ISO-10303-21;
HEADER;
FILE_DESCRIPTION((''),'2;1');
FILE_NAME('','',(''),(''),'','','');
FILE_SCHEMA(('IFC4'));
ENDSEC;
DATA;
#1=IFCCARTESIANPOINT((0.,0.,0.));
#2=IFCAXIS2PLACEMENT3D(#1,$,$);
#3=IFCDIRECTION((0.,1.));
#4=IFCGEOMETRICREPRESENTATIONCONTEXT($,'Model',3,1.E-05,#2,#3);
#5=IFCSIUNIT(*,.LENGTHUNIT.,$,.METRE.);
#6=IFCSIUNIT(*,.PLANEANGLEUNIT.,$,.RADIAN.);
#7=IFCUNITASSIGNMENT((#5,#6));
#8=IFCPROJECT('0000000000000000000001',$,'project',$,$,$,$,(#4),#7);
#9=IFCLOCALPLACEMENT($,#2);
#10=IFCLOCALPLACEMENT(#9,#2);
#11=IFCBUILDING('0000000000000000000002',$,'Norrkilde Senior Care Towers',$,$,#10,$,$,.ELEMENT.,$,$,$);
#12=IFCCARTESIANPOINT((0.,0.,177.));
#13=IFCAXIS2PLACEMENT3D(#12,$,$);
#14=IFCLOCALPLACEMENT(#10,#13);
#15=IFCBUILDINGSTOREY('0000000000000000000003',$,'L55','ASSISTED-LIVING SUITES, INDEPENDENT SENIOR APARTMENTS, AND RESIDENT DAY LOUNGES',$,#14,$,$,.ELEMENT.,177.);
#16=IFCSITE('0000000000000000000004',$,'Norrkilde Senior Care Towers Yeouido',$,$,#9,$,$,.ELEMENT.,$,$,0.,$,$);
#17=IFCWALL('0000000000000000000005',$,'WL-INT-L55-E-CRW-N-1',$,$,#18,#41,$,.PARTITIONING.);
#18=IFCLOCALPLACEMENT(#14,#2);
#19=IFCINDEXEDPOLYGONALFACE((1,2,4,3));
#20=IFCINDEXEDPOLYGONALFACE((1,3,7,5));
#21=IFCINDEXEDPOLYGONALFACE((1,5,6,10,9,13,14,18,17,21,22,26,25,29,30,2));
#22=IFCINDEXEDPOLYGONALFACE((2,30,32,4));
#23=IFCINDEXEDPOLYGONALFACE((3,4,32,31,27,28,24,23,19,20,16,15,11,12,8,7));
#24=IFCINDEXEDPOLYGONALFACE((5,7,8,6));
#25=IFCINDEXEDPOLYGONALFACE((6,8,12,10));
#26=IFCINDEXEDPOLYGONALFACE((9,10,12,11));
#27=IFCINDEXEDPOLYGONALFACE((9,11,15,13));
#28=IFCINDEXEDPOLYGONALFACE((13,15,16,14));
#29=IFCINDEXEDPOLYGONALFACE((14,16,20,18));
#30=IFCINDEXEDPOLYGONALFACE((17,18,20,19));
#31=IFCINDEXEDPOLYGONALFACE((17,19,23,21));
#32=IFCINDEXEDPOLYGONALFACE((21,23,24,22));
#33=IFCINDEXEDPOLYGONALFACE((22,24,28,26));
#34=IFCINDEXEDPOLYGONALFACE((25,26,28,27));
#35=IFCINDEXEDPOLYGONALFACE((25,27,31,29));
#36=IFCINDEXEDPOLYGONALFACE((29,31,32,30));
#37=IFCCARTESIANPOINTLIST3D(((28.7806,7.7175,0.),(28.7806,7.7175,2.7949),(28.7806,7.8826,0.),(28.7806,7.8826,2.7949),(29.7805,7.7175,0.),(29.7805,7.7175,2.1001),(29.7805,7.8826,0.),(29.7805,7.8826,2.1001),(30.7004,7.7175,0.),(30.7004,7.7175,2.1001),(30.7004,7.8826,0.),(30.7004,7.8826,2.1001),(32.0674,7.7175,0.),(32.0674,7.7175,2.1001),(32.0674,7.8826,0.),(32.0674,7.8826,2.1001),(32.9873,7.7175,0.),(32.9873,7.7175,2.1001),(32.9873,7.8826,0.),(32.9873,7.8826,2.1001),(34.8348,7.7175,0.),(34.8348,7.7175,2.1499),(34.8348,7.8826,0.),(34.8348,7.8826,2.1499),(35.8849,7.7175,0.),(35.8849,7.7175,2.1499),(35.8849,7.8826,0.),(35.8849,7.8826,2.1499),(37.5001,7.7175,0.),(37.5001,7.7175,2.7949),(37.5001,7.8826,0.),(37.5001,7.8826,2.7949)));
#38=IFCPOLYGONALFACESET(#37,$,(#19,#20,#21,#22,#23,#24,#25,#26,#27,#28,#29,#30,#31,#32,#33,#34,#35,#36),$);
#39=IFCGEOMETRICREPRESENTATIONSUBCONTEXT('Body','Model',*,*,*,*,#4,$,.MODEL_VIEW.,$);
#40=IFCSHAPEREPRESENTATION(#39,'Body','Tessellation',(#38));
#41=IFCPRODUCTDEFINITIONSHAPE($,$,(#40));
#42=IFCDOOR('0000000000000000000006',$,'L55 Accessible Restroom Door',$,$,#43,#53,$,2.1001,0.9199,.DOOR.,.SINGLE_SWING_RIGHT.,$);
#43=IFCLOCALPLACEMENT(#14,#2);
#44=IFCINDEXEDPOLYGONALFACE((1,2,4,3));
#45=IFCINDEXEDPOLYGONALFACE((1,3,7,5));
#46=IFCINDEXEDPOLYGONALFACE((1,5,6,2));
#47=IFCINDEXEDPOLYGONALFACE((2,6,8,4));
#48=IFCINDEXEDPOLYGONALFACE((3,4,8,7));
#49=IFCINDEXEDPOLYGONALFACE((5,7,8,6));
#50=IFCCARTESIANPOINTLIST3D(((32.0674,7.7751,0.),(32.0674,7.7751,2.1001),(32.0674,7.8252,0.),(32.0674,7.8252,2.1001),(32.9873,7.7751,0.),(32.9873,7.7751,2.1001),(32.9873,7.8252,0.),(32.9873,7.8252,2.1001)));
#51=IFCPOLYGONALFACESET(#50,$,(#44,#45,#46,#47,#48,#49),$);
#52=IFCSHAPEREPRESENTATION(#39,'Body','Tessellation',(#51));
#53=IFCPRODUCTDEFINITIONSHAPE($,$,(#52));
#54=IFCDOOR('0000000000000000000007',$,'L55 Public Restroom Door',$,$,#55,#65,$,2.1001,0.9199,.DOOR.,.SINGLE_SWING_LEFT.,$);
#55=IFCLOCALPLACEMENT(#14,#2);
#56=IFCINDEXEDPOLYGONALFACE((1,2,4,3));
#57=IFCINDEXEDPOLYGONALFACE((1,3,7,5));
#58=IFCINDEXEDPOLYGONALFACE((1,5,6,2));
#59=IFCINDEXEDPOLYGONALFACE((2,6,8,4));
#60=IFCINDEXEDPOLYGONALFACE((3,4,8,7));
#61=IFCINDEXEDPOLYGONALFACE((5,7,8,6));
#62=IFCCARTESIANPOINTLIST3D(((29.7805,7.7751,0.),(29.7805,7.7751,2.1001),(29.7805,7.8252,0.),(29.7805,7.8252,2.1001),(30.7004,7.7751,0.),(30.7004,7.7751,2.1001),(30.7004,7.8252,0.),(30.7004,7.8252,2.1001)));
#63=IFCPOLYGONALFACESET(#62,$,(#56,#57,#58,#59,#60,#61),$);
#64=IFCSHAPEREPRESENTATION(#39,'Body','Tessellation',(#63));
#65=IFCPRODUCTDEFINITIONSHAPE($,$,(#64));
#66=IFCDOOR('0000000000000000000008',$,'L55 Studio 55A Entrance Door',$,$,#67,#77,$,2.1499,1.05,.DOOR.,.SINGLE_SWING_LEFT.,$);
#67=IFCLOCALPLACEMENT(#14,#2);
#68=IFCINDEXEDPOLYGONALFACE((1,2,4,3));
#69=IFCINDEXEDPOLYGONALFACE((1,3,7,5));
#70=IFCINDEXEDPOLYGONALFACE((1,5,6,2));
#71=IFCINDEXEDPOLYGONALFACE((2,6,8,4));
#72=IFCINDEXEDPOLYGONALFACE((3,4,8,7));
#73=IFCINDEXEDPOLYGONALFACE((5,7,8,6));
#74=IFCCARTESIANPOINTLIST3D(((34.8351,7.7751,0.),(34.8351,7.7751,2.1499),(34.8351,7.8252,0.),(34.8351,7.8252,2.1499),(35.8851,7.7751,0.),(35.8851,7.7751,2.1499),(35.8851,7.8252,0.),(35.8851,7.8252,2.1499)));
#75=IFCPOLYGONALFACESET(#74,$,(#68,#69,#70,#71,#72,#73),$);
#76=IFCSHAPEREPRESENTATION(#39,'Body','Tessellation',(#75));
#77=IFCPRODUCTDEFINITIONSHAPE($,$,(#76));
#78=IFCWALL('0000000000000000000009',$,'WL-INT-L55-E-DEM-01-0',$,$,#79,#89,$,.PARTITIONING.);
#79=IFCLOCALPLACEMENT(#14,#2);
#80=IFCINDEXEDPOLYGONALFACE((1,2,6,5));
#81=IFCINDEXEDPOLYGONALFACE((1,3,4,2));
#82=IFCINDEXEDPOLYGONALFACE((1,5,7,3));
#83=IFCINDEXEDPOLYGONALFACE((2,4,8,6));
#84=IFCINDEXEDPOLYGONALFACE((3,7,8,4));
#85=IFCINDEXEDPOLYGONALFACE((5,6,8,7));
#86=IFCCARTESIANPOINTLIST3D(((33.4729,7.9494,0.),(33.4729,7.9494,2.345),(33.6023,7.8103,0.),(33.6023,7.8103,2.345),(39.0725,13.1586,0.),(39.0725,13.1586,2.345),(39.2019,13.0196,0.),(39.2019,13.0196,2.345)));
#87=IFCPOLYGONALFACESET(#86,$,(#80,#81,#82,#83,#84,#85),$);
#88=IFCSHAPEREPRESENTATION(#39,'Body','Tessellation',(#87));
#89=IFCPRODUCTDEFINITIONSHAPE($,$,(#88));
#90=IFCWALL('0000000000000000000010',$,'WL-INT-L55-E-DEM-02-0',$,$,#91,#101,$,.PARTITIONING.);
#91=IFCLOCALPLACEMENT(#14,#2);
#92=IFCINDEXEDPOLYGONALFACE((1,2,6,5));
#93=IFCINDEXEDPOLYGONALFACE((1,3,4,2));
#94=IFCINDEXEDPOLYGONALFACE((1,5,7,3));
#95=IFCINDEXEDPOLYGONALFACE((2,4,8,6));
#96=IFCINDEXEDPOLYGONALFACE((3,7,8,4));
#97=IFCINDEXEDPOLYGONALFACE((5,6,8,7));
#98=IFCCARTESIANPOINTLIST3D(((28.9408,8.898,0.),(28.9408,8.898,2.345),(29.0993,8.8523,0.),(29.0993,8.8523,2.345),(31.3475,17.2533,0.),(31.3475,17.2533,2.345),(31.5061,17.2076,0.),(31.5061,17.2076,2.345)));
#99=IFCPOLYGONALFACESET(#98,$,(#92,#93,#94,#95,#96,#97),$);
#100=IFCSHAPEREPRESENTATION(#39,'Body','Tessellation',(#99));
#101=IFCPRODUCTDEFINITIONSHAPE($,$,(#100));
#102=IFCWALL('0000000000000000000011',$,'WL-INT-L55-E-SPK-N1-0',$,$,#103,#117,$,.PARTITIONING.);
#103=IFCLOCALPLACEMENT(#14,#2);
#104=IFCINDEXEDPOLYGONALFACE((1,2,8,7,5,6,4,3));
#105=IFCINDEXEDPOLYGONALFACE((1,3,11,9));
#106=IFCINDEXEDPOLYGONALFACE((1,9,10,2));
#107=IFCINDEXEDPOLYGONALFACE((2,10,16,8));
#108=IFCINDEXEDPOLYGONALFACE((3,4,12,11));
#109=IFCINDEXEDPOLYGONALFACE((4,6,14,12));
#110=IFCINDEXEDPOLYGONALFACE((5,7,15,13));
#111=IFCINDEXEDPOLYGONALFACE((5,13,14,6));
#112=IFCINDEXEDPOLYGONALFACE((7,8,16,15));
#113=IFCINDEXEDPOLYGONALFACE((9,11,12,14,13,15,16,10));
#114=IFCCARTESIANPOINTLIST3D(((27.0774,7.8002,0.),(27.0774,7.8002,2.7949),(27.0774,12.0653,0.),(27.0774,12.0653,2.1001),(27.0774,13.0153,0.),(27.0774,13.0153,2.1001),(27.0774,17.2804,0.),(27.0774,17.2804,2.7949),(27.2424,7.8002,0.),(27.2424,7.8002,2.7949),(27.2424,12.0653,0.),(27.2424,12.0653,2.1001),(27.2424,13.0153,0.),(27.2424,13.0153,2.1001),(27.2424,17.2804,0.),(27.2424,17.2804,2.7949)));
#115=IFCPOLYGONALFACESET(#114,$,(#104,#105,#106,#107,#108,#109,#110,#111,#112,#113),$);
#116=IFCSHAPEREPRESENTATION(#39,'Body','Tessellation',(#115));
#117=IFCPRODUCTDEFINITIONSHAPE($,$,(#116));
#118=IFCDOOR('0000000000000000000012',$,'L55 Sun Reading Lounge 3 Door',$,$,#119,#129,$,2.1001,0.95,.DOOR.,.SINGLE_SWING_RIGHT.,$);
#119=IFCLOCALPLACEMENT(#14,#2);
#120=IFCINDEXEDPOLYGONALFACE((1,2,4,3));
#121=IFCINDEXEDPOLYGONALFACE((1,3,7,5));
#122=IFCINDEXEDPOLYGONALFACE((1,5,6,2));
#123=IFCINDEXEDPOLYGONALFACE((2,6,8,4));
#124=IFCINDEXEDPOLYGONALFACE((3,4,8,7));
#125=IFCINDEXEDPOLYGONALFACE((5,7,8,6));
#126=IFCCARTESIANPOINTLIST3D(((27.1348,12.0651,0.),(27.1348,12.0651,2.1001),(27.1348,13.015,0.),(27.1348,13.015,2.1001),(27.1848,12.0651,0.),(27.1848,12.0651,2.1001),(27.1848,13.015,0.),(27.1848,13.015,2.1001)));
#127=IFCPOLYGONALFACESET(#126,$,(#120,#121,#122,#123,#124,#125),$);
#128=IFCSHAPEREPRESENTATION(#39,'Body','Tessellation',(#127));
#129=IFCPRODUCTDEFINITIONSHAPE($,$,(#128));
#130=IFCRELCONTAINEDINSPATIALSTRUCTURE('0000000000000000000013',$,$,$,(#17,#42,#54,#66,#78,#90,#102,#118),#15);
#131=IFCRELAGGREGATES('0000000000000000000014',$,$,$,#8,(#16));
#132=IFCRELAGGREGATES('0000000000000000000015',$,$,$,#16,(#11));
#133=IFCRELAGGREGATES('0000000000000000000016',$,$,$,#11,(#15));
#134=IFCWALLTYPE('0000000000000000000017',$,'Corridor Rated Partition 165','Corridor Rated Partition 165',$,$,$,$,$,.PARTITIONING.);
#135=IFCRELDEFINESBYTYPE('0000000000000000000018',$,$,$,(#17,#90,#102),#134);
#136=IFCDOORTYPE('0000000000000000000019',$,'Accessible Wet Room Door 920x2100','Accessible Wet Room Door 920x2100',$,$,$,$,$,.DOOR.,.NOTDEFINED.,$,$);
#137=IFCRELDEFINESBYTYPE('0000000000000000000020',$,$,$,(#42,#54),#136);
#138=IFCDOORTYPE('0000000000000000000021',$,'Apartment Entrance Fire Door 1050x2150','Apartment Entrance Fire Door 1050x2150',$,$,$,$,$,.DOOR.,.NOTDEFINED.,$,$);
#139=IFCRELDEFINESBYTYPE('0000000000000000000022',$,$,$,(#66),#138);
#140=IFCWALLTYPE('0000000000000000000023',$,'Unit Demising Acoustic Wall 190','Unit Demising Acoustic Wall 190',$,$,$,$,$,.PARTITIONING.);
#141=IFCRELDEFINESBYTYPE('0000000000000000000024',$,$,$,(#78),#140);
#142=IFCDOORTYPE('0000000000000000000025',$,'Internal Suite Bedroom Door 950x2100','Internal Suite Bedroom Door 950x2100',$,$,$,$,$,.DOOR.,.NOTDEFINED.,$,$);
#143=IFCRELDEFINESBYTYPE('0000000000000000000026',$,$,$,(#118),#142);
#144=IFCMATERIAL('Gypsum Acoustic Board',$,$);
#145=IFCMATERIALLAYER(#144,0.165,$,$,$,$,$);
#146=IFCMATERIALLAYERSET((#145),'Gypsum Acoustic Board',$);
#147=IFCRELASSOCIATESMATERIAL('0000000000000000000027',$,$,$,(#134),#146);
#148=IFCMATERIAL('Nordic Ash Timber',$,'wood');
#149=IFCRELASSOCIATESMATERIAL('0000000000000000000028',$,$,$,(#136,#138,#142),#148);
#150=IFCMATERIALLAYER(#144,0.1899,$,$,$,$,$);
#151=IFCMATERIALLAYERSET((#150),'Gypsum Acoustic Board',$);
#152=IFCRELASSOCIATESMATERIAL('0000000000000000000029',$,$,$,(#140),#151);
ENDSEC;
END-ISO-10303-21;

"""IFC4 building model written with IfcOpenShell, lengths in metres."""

from ifc_helpers import new_model, si_unit, direction, frame, frame_2d, origin, place, context, subcontext, project, spatial, rectangle, extrude, source, transform, mapped, material, layer, layer_set, type_object, type_shapes, element, fill, save


model = new_model("IFC4")

# Units and contexts
model_context = context("Model", 3, precision=1e-05, world=origin(), true_north=direction((0.0, 1.0)))
body_context = subcontext(model_context, "Body", "Model", "MODEL_VIEW")
ifc_project = project(units=[si_unit("LENGTHUNIT", "METRE"), si_unit("PLANEANGLEUNIT", "RADIAN")], contexts=[model_context])

# Site, building, storey
site_placement = place(None, origin())
site = spatial("IfcSite", under=ifc_project, at=site_placement, Name="Norrkilde Senior Care Towers Yeouido", CompositionType="ELEMENT", RefElevation=0.0)
building_placement = place(site_placement, origin())
building = spatial("IfcBuilding", under=site, at=building_placement, Name="Norrkilde Senior Care Towers", CompositionType="ELEMENT")
storey_placement = place(building_placement, frame((0.0, 0.0, 177.0)))
storey = spatial("IfcBuildingStorey", under=building, at=storey_placement, Name="L55", Description="ASSISTED-LIVING SUITES, INDEPENDENT SENIOR APARTMENTS, AND RESIDENT DAY LOUNGES", CompositionType="ELEMENT", Elevation=177.0)

# Wall, openings, doors
ifc_material_1 = material(Name="Gypsum Acoustic Board")
ifc_layer_1 = layer(ifc_material_1, 0.165)
ifc_layer_set_1 = layer_set([ifc_layer_1], Name="Gypsum Acoustic Board")
wall_type_1 = type_object("IfcWallType", Name="Corridor Rated Partition 165", Description="Corridor Rated Partition 165", PredefinedType="PARTITIONING", material=ifc_layer_set_1)
shared_shape_1 = source(origin(), body_context, "Body", "SweptSolid", [
    extrude(rectangle(XDim=8.7195, YDim=0.165, at=frame_2d((4.3599, 0.0))), origin(), (0.0, 0.0, 1.0), 2.7949),
])
wall_1_placement = place(storey_placement, frame((28.7805, 7.8, 0.0), z_axis=(0.0, 0.0, 1.0), x_axis=(1.0, 0.0, 0.0)))
wall_1 = element("IfcWall", 1, at=wall_1_placement, inside=storey, type_object=wall_type_1, Name="WL-INT-L55-E-CRW-N-1", PredefinedType="PARTITIONING", context=body_context, shape_type="MappedRepresentation", body=[
    mapped(shared_shape_1, transform((0.0, 0.0, 0.0), x_axis=(1.0, 0.0, 0.0), y_axis=(0.0, 1.0, 0.0), z_axis=(0.0, 0.0, 1.0), scale=1.0)),
])
opening_1_placement = place(wall_1_placement, frame((6.0544, 0.0, 0.0)))
opening_1 = element("IfcOpeningElement", 2, at=opening_1_placement, cuts=wall_1, PredefinedType="OPENING", context=body_context, shape_type="SweptSolid", body=[
    extrude(rectangle(XDim=1.05, YDim=2.1499, at=frame_2d((0.5249, 1.075))), frame((0.0, 0.0925, 0.0), z_axis=(0.0, -1.0, 0.0), x_axis=(1.0, 0.0, 0.0)), (0.0, 0.0, 1.0), 0.1851),
])
opening_2_placement = place(wall_1_placement, frame((3.2869, 0.0, 0.0)))
opening_2 = element("IfcOpeningElement", 3, at=opening_2_placement, cuts=wall_1, PredefinedType="OPENING", context=body_context, shape_type="SweptSolid", body=[
    extrude(rectangle(XDim=0.9199, YDim=2.1001, at=frame_2d((0.46, 1.05))), frame((0.0, 0.0925, 0.0), z_axis=(0.0, -1.0, 0.0), x_axis=(1.0, 0.0, 0.0)), (0.0, 0.0, 1.0), 0.1851),
])
opening_3_placement = place(wall_1_placement, frame((1.0, 0.0, 0.0)))
opening_3 = element("IfcOpeningElement", 4, at=opening_3_placement, cuts=wall_1, PredefinedType="OPENING", context=body_context, shape_type="SweptSolid", body=[
    extrude(rectangle(XDim=0.9199, YDim=2.1001, at=frame_2d((0.46, 1.05))), frame((0.0, 0.0925, 0.0), z_axis=(0.0, -1.0, 0.0), x_axis=(1.0, 0.0, 0.0)), (0.0, 0.0, 1.0), 0.1851),
])
ifc_material_2 = material(Name="Nordic Ash Timber", Category="wood")
door_type_1 = type_object("IfcDoorType", Name="Accessible Wet Room Door 920x2100", Description="Accessible Wet Room Door 920x2100", OperationType="NOTDEFINED", PredefinedType="DOOR", material=ifc_material_2)
shared_shape_2 = source(origin(), body_context, "Body", "SweptSolid", [
    extrude(rectangle(XDim=0.9199, YDim=2.1001, at=frame_2d((0.46, 1.05))), frame((0.0, 0.0249, 0.0), z_axis=(0.0, -1.0, 0.0), x_axis=(1.0, 0.0, 0.0)), (0.0, 0.0, 1.0), 0.05),
])
type_shapes(door_type_1, [shared_shape_2])
door_1_placement = place(opening_2_placement, frame((0.9199, 0.0, 0.0), z_axis=(0.0, 0.0, 1.0), x_axis=(-1.0, 0.0, 0.0)))
door_1 = element("IfcDoor", 5, at=door_1_placement, inside=storey, type_object=door_type_1, Name="L55 Accessible Restroom Door", OperationType="SINGLE_SWING_RIGHT", OverallHeight=2.1001, OverallWidth=0.9199, PredefinedType="DOOR", context=body_context, shape_type="MappedRepresentation", body=[
    mapped(shared_shape_2, transform((0.0, 0.0, 0.0), x_axis=(1.0, 0.0, 0.0), y_axis=(0.0, 1.0, 0.0), z_axis=(0.0, 0.0, 1.0), scale=1.0)),
])
fill(opening_2, door_1)
door_2_placement = place(opening_3_placement, frame((0.9199, 0.0, 0.0), z_axis=(0.0, 0.0, 1.0), x_axis=(-1.0, 0.0, 0.0)))
door_2 = element("IfcDoor", 6, at=door_2_placement, inside=storey, type_object=door_type_1, Name="L55 Public Restroom Door", OperationType="SINGLE_SWING_LEFT", OverallHeight=2.1001, OverallWidth=0.9199, PredefinedType="DOOR", context=body_context, shape_type="MappedRepresentation", body=[
    mapped(shared_shape_2, transform((0.0, 0.0, 0.0), x_axis=(1.0, 0.0, 0.0), y_axis=(0.0, 1.0, 0.0), z_axis=(0.0, 0.0, 1.0), scale=1.0)),
])
fill(opening_3, door_2)
door_type_2 = type_object("IfcDoorType", Name="Apartment Entrance Fire Door 1050x2150", Description="Apartment Entrance Fire Door 1050x2150", OperationType="NOTDEFINED", PredefinedType="DOOR", material=ifc_material_2)
shared_shape_3 = source(origin(), body_context, "Body", "SweptSolid", [
    extrude(rectangle(XDim=1.05, YDim=2.1499, at=frame_2d((0.5249, 1.075))), frame((0.0, 0.0249, 0.0), z_axis=(0.0, -1.0, 0.0), x_axis=(1.0, 0.0, 0.0)), (0.0, 0.0, 1.0), 0.05),
])
type_shapes(door_type_2, [shared_shape_3])
door_3_placement = place(opening_1_placement, frame((1.05, 0.0, 0.0), z_axis=(0.0, 0.0, 1.0), x_axis=(-1.0, 0.0, 0.0)))
door_3 = element("IfcDoor", 7, at=door_3_placement, inside=storey, type_object=door_type_2, Name="L55 Studio 55A Entrance Door", OperationType="SINGLE_SWING_LEFT", OverallHeight=2.1499, OverallWidth=1.05, PredefinedType="DOOR", context=body_context, shape_type="MappedRepresentation", body=[
    mapped(shared_shape_3, transform((0.0, 0.0, 0.0), x_axis=(1.0, 0.0, 0.0), y_axis=(0.0, 1.0, 0.0), z_axis=(0.0, 0.0, 1.0), scale=1.0)),
])
fill(opening_1, door_3)

# Walls
ifc_layer_2 = layer(ifc_material_1, 0.1899)
ifc_layer_set_2 = layer_set([ifc_layer_2], Name="Gypsum Acoustic Board")
wall_type_2 = type_object("IfcWallType", Name="Unit Demising Acoustic Wall 190", Description="Unit Demising Acoustic Wall 190", PredefinedType="PARTITIONING", material=ifc_layer_set_2)
shared_shape_4 = source(origin(), body_context, "Body", "SweptSolid", [
    extrude(rectangle(XDim=7.6479, YDim=0.1899, at=frame_2d((3.824, 0.0))), origin(), (0.0, 0.0, 1.0), 2.345),
])
type_shapes(wall_type_2, [shared_shape_4])
wall_2_placement = place(storey_placement, frame((33.5376, 7.8799, 0.0), z_axis=(0.0, 0.0, 1.0), x_axis=(0.732168, 0.681124, 0.0)))
element("IfcWall", 8, at=wall_2_placement, inside=storey, type_object=wall_type_2, Name="WL-INT-L55-E-DEM-01-0", PredefinedType="PARTITIONING", context=body_context, shape_type="MappedRepresentation", body=[
    mapped(shared_shape_4, transform((0.0, 0.0, 0.0), x_axis=(1.0, 0.0, 0.0), y_axis=(0.0, 1.0, 0.0), z_axis=(0.0, 0.0, 1.0), scale=1.0)),
])
shared_shape_5 = source(origin(), body_context, "Body", "SweptSolid", [
    extrude(rectangle(XDim=8.6951, YDim=0.165, at=frame_2d((4.3477, 0.0))), origin(), (0.0, 0.0, 1.0), 2.345),
])
wall_3_placement = place(storey_placement, frame((29.02, 8.875, 0.0), z_axis=(0.0, 0.0, 1.0), x_axis=(0.276797, 0.960928, 0.0)))
element("IfcWall", 9, at=wall_3_placement, inside=storey, type_object=wall_type_1, Name="WL-INT-L55-E-DEM-02-0", PredefinedType="PARTITIONING", context=body_context, shape_type="MappedRepresentation", body=[
    mapped(shared_shape_5, transform((0.0, 0.0, 0.0), x_axis=(1.0, 0.0, 0.0), y_axis=(0.0, 1.0, 0.0), z_axis=(0.0, 0.0, 1.0), scale=1.0)),
])

# Wall, opening, door
shared_shape_6 = source(origin(), body_context, "Body", "SweptSolid", [
    extrude(rectangle(XDim=9.4802, YDim=0.165, at=frame_2d((4.7402, 0.0))), origin(), (0.0, 0.0, 1.0), 2.7949),
])
type_shapes(wall_type_1, [shared_shape_1, shared_shape_5, shared_shape_6])
wall_4_placement = place(storey_placement, frame((27.1599, 7.8, 0.0), z_axis=(0.0, 0.0, 1.0), x_axis=(0.0, 1.0, 0.0)))
wall_4 = element("IfcWall", 10, at=wall_4_placement, inside=storey, type_object=wall_type_1, Name="WL-INT-L55-E-SPK-N1-0", PredefinedType="PARTITIONING", context=body_context, shape_type="MappedRepresentation", body=[
    mapped(shared_shape_6, transform((0.0, 0.0, 0.0), x_axis=(1.0, 0.0, 0.0), y_axis=(0.0, 1.0, 0.0), z_axis=(0.0, 0.0, 1.0), scale=1.0)),
])
opening_4_placement = place(wall_4_placement, frame((4.2651, 0.0, 0.0)))
opening_4 = element("IfcOpeningElement", 11, at=opening_4_placement, cuts=wall_4, PredefinedType="OPENING", context=body_context, shape_type="SweptSolid", body=[
    extrude(rectangle(XDim=0.95, YDim=2.1001, at=frame_2d((0.4751, 1.05))), frame((0.0, 0.0925, 0.0), z_axis=(0.0, -1.0, 0.0), x_axis=(1.0, 0.0, 0.0)), (0.0, 0.0, 1.0), 0.1851),
])
door_type_3 = type_object("IfcDoorType", Name="Internal Suite Bedroom Door 950x2100", Description="Internal Suite Bedroom Door 950x2100", OperationType="NOTDEFINED", PredefinedType="DOOR", material=ifc_material_2)
shared_shape_7 = source(origin(), body_context, "Body", "SweptSolid", [
    extrude(rectangle(XDim=0.95, YDim=2.1001, at=frame_2d((0.4751, 1.05))), frame((0.0, 0.0249, 0.0), z_axis=(0.0, -1.0, 0.0), x_axis=(1.0, 0.0, 0.0)), (0.0, 0.0, 1.0), 0.05),
])
type_shapes(door_type_3, [shared_shape_7])
door_4_placement = place(opening_4_placement, frame((0.95, 0.0, 0.0), z_axis=(0.0, 0.0, 1.0), x_axis=(-1.0, 0.0, 0.0)))
door_4 = element("IfcDoor", 12, at=door_4_placement, inside=storey, type_object=door_type_3, Name="L55 Sun Reading Lounge 3 Door", OperationType="SINGLE_SWING_RIGHT", OverallHeight=2.1001, OverallWidth=0.95, PredefinedType="DOOR", context=body_context, shape_type="MappedRepresentation", body=[
    mapped(shared_shape_7, transform((0.0, 0.0, 0.0), x_axis=(1.0, 0.0, 0.0), y_axis=(0.0, 1.0, 0.0), z_axis=(0.0, 0.0, 1.0), scale=1.0)),
])
fill(opening_4, door_4)

save(model, "model.ifc")
